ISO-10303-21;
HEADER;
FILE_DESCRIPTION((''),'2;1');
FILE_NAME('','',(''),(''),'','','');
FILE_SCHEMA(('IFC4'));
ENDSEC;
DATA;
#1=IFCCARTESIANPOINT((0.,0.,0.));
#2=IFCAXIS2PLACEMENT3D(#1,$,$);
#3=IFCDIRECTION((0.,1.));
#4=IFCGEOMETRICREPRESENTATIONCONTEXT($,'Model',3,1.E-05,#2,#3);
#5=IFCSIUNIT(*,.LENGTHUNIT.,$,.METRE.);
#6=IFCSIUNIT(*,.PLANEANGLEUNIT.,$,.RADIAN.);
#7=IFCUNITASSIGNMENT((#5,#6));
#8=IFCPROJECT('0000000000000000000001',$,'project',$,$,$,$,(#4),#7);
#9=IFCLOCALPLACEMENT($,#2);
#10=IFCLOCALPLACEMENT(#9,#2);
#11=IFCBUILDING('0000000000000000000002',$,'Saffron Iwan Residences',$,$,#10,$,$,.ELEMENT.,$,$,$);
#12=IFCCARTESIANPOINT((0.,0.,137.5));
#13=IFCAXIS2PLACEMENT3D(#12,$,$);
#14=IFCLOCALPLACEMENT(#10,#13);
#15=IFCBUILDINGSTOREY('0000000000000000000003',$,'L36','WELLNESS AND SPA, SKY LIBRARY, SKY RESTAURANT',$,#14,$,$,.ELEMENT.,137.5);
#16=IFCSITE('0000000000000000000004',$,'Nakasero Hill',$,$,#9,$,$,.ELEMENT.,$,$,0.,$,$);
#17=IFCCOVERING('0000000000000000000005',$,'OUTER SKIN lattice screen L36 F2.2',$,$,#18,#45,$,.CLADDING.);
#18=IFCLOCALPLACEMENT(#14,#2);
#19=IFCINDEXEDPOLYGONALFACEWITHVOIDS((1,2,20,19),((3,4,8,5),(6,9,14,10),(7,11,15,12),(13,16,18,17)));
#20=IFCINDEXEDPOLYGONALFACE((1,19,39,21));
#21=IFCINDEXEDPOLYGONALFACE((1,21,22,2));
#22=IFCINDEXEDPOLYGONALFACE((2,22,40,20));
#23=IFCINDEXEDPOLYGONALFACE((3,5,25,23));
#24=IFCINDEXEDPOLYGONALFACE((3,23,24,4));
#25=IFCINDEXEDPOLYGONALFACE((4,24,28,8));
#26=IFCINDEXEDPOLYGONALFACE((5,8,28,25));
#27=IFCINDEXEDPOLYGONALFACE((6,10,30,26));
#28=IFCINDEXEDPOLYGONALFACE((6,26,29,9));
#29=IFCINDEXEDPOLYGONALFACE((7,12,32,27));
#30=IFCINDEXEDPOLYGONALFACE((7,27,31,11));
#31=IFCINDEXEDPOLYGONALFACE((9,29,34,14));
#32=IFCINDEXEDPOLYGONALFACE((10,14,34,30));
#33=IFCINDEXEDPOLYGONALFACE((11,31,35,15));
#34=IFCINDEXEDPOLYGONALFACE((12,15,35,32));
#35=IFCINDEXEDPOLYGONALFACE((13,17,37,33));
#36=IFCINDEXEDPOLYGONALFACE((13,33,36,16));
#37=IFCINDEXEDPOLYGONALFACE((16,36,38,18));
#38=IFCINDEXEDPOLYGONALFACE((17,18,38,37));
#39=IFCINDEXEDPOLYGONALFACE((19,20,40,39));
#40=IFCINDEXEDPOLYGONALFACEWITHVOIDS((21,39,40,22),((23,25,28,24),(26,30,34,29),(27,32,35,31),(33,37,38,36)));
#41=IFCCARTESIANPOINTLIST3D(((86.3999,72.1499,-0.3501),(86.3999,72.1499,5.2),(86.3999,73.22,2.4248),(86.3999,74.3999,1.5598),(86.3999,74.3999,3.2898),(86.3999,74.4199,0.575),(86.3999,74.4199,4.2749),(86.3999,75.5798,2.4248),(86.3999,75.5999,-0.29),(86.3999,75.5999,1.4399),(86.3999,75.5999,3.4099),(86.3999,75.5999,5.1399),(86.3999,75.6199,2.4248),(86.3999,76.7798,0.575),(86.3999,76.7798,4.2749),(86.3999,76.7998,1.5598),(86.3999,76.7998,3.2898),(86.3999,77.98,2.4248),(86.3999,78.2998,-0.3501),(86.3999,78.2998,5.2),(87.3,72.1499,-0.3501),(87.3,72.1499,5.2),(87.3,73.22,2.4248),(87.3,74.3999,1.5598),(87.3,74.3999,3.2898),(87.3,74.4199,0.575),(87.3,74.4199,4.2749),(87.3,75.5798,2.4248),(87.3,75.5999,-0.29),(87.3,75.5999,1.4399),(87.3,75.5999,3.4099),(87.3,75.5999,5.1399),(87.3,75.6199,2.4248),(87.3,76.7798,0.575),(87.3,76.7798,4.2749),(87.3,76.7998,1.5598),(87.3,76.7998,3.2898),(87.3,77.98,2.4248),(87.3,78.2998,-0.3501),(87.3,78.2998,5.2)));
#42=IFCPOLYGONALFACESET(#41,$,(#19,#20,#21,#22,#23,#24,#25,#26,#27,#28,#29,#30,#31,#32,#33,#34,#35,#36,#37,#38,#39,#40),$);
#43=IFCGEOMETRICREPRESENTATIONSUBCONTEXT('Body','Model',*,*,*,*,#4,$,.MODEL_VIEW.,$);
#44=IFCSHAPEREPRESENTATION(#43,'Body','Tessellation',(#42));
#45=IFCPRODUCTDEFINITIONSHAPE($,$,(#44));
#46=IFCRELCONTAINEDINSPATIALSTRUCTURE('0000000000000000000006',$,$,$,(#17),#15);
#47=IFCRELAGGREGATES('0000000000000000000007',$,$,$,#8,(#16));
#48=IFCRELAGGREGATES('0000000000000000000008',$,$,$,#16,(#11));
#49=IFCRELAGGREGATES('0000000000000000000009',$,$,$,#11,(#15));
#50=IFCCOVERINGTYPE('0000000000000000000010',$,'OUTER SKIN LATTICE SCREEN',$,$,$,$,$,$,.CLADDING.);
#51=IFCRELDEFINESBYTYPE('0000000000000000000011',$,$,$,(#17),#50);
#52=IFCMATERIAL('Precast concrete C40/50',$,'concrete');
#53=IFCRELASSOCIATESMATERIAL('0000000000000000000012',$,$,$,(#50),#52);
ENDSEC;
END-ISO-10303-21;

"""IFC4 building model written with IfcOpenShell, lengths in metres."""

from ifc_helpers import new_model, si_unit, direction, frame, origin, place, context, subcontext, project, spatial, polyline, outline, extrude, material, type_object, element, save


model = new_model("IFC4")

# Units and contexts
model_context = context("Model", 3, precision=1e-05, world=origin(), true_north=direction((0.0, 1.0)))
body_context = subcontext(model_context, "Body", "Model", "MODEL_VIEW")
ifc_project = project(units=[si_unit("LENGTHUNIT", "METRE"), si_unit("PLANEANGLEUNIT", "RADIAN")], contexts=[model_context])

# Site, building, storey
site_placement = place(None, origin())
site = spatial("IfcSite", under=ifc_project, at=site_placement, Name="Nakasero Hill", CompositionType="ELEMENT", RefElevation=0.0)
building_placement = place(site_placement, origin())
building = spatial("IfcBuilding", under=site, at=building_placement, Name="Saffron Iwan Residences", CompositionType="ELEMENT")
storey_placement = place(building_placement, frame((0.0, 0.0, 137.5)))
storey = spatial("IfcBuildingStorey", under=building, at=storey_placement, Name="L36", Description="WELLNESS AND SPA, SKY LIBRARY, SKY RESTAURANT", CompositionType="ELEMENT", Elevation=137.5)

# Covering
ifc_material_1 = material(Name="Precast concrete C40/50", Category="concrete")
covering_type = type_object("IfcCoveringType", Name="OUTER SKIN LATTICE SCREEN", PredefinedType="CLADDING", material=ifc_material_1)
covering_placement = place(storey_placement, frame((86.3999, 72.1499, -0.3501), z_axis=(1.0, 0.0, 0.0), x_axis=(0.0, 1.0, 0.0)))
element("IfcCovering", 1, at=covering_placement, inside=storey, type_object=covering_type, Name="OUTER SKIN lattice screen L36 F2.2", PredefinedType="CLADDING", context=body_context, shape_type="SweptSolid", body=[
    extrude(outline(polyline([(0.0, 0.0), (6.1499, 0.0), (6.1499, 5.55), (0.0, 5.55), (0.0, 0.0)]), holes=[polyline([(2.27, 0.925), (3.45, 0.0601), (4.6299, 0.925), (3.45, 1.79), (2.27, 0.925)]), polyline([(1.0701, 2.7749), (2.25, 1.9099), (3.4299, 2.7749), (2.25, 3.6399), (1.0701, 2.7749)]), polyline([(3.47, 2.7749), (4.6499, 1.9099), (5.8301, 2.7749), (4.6499, 3.6399), (3.47, 2.7749)]), polyline([(2.27, 4.625), (3.45, 3.76), (4.6299, 4.625), (3.45, 5.49), (2.27, 4.625)])]), origin(), (0.0, 0.0, 1.0), 0.9001),
])

save(model, "model.ifc")
